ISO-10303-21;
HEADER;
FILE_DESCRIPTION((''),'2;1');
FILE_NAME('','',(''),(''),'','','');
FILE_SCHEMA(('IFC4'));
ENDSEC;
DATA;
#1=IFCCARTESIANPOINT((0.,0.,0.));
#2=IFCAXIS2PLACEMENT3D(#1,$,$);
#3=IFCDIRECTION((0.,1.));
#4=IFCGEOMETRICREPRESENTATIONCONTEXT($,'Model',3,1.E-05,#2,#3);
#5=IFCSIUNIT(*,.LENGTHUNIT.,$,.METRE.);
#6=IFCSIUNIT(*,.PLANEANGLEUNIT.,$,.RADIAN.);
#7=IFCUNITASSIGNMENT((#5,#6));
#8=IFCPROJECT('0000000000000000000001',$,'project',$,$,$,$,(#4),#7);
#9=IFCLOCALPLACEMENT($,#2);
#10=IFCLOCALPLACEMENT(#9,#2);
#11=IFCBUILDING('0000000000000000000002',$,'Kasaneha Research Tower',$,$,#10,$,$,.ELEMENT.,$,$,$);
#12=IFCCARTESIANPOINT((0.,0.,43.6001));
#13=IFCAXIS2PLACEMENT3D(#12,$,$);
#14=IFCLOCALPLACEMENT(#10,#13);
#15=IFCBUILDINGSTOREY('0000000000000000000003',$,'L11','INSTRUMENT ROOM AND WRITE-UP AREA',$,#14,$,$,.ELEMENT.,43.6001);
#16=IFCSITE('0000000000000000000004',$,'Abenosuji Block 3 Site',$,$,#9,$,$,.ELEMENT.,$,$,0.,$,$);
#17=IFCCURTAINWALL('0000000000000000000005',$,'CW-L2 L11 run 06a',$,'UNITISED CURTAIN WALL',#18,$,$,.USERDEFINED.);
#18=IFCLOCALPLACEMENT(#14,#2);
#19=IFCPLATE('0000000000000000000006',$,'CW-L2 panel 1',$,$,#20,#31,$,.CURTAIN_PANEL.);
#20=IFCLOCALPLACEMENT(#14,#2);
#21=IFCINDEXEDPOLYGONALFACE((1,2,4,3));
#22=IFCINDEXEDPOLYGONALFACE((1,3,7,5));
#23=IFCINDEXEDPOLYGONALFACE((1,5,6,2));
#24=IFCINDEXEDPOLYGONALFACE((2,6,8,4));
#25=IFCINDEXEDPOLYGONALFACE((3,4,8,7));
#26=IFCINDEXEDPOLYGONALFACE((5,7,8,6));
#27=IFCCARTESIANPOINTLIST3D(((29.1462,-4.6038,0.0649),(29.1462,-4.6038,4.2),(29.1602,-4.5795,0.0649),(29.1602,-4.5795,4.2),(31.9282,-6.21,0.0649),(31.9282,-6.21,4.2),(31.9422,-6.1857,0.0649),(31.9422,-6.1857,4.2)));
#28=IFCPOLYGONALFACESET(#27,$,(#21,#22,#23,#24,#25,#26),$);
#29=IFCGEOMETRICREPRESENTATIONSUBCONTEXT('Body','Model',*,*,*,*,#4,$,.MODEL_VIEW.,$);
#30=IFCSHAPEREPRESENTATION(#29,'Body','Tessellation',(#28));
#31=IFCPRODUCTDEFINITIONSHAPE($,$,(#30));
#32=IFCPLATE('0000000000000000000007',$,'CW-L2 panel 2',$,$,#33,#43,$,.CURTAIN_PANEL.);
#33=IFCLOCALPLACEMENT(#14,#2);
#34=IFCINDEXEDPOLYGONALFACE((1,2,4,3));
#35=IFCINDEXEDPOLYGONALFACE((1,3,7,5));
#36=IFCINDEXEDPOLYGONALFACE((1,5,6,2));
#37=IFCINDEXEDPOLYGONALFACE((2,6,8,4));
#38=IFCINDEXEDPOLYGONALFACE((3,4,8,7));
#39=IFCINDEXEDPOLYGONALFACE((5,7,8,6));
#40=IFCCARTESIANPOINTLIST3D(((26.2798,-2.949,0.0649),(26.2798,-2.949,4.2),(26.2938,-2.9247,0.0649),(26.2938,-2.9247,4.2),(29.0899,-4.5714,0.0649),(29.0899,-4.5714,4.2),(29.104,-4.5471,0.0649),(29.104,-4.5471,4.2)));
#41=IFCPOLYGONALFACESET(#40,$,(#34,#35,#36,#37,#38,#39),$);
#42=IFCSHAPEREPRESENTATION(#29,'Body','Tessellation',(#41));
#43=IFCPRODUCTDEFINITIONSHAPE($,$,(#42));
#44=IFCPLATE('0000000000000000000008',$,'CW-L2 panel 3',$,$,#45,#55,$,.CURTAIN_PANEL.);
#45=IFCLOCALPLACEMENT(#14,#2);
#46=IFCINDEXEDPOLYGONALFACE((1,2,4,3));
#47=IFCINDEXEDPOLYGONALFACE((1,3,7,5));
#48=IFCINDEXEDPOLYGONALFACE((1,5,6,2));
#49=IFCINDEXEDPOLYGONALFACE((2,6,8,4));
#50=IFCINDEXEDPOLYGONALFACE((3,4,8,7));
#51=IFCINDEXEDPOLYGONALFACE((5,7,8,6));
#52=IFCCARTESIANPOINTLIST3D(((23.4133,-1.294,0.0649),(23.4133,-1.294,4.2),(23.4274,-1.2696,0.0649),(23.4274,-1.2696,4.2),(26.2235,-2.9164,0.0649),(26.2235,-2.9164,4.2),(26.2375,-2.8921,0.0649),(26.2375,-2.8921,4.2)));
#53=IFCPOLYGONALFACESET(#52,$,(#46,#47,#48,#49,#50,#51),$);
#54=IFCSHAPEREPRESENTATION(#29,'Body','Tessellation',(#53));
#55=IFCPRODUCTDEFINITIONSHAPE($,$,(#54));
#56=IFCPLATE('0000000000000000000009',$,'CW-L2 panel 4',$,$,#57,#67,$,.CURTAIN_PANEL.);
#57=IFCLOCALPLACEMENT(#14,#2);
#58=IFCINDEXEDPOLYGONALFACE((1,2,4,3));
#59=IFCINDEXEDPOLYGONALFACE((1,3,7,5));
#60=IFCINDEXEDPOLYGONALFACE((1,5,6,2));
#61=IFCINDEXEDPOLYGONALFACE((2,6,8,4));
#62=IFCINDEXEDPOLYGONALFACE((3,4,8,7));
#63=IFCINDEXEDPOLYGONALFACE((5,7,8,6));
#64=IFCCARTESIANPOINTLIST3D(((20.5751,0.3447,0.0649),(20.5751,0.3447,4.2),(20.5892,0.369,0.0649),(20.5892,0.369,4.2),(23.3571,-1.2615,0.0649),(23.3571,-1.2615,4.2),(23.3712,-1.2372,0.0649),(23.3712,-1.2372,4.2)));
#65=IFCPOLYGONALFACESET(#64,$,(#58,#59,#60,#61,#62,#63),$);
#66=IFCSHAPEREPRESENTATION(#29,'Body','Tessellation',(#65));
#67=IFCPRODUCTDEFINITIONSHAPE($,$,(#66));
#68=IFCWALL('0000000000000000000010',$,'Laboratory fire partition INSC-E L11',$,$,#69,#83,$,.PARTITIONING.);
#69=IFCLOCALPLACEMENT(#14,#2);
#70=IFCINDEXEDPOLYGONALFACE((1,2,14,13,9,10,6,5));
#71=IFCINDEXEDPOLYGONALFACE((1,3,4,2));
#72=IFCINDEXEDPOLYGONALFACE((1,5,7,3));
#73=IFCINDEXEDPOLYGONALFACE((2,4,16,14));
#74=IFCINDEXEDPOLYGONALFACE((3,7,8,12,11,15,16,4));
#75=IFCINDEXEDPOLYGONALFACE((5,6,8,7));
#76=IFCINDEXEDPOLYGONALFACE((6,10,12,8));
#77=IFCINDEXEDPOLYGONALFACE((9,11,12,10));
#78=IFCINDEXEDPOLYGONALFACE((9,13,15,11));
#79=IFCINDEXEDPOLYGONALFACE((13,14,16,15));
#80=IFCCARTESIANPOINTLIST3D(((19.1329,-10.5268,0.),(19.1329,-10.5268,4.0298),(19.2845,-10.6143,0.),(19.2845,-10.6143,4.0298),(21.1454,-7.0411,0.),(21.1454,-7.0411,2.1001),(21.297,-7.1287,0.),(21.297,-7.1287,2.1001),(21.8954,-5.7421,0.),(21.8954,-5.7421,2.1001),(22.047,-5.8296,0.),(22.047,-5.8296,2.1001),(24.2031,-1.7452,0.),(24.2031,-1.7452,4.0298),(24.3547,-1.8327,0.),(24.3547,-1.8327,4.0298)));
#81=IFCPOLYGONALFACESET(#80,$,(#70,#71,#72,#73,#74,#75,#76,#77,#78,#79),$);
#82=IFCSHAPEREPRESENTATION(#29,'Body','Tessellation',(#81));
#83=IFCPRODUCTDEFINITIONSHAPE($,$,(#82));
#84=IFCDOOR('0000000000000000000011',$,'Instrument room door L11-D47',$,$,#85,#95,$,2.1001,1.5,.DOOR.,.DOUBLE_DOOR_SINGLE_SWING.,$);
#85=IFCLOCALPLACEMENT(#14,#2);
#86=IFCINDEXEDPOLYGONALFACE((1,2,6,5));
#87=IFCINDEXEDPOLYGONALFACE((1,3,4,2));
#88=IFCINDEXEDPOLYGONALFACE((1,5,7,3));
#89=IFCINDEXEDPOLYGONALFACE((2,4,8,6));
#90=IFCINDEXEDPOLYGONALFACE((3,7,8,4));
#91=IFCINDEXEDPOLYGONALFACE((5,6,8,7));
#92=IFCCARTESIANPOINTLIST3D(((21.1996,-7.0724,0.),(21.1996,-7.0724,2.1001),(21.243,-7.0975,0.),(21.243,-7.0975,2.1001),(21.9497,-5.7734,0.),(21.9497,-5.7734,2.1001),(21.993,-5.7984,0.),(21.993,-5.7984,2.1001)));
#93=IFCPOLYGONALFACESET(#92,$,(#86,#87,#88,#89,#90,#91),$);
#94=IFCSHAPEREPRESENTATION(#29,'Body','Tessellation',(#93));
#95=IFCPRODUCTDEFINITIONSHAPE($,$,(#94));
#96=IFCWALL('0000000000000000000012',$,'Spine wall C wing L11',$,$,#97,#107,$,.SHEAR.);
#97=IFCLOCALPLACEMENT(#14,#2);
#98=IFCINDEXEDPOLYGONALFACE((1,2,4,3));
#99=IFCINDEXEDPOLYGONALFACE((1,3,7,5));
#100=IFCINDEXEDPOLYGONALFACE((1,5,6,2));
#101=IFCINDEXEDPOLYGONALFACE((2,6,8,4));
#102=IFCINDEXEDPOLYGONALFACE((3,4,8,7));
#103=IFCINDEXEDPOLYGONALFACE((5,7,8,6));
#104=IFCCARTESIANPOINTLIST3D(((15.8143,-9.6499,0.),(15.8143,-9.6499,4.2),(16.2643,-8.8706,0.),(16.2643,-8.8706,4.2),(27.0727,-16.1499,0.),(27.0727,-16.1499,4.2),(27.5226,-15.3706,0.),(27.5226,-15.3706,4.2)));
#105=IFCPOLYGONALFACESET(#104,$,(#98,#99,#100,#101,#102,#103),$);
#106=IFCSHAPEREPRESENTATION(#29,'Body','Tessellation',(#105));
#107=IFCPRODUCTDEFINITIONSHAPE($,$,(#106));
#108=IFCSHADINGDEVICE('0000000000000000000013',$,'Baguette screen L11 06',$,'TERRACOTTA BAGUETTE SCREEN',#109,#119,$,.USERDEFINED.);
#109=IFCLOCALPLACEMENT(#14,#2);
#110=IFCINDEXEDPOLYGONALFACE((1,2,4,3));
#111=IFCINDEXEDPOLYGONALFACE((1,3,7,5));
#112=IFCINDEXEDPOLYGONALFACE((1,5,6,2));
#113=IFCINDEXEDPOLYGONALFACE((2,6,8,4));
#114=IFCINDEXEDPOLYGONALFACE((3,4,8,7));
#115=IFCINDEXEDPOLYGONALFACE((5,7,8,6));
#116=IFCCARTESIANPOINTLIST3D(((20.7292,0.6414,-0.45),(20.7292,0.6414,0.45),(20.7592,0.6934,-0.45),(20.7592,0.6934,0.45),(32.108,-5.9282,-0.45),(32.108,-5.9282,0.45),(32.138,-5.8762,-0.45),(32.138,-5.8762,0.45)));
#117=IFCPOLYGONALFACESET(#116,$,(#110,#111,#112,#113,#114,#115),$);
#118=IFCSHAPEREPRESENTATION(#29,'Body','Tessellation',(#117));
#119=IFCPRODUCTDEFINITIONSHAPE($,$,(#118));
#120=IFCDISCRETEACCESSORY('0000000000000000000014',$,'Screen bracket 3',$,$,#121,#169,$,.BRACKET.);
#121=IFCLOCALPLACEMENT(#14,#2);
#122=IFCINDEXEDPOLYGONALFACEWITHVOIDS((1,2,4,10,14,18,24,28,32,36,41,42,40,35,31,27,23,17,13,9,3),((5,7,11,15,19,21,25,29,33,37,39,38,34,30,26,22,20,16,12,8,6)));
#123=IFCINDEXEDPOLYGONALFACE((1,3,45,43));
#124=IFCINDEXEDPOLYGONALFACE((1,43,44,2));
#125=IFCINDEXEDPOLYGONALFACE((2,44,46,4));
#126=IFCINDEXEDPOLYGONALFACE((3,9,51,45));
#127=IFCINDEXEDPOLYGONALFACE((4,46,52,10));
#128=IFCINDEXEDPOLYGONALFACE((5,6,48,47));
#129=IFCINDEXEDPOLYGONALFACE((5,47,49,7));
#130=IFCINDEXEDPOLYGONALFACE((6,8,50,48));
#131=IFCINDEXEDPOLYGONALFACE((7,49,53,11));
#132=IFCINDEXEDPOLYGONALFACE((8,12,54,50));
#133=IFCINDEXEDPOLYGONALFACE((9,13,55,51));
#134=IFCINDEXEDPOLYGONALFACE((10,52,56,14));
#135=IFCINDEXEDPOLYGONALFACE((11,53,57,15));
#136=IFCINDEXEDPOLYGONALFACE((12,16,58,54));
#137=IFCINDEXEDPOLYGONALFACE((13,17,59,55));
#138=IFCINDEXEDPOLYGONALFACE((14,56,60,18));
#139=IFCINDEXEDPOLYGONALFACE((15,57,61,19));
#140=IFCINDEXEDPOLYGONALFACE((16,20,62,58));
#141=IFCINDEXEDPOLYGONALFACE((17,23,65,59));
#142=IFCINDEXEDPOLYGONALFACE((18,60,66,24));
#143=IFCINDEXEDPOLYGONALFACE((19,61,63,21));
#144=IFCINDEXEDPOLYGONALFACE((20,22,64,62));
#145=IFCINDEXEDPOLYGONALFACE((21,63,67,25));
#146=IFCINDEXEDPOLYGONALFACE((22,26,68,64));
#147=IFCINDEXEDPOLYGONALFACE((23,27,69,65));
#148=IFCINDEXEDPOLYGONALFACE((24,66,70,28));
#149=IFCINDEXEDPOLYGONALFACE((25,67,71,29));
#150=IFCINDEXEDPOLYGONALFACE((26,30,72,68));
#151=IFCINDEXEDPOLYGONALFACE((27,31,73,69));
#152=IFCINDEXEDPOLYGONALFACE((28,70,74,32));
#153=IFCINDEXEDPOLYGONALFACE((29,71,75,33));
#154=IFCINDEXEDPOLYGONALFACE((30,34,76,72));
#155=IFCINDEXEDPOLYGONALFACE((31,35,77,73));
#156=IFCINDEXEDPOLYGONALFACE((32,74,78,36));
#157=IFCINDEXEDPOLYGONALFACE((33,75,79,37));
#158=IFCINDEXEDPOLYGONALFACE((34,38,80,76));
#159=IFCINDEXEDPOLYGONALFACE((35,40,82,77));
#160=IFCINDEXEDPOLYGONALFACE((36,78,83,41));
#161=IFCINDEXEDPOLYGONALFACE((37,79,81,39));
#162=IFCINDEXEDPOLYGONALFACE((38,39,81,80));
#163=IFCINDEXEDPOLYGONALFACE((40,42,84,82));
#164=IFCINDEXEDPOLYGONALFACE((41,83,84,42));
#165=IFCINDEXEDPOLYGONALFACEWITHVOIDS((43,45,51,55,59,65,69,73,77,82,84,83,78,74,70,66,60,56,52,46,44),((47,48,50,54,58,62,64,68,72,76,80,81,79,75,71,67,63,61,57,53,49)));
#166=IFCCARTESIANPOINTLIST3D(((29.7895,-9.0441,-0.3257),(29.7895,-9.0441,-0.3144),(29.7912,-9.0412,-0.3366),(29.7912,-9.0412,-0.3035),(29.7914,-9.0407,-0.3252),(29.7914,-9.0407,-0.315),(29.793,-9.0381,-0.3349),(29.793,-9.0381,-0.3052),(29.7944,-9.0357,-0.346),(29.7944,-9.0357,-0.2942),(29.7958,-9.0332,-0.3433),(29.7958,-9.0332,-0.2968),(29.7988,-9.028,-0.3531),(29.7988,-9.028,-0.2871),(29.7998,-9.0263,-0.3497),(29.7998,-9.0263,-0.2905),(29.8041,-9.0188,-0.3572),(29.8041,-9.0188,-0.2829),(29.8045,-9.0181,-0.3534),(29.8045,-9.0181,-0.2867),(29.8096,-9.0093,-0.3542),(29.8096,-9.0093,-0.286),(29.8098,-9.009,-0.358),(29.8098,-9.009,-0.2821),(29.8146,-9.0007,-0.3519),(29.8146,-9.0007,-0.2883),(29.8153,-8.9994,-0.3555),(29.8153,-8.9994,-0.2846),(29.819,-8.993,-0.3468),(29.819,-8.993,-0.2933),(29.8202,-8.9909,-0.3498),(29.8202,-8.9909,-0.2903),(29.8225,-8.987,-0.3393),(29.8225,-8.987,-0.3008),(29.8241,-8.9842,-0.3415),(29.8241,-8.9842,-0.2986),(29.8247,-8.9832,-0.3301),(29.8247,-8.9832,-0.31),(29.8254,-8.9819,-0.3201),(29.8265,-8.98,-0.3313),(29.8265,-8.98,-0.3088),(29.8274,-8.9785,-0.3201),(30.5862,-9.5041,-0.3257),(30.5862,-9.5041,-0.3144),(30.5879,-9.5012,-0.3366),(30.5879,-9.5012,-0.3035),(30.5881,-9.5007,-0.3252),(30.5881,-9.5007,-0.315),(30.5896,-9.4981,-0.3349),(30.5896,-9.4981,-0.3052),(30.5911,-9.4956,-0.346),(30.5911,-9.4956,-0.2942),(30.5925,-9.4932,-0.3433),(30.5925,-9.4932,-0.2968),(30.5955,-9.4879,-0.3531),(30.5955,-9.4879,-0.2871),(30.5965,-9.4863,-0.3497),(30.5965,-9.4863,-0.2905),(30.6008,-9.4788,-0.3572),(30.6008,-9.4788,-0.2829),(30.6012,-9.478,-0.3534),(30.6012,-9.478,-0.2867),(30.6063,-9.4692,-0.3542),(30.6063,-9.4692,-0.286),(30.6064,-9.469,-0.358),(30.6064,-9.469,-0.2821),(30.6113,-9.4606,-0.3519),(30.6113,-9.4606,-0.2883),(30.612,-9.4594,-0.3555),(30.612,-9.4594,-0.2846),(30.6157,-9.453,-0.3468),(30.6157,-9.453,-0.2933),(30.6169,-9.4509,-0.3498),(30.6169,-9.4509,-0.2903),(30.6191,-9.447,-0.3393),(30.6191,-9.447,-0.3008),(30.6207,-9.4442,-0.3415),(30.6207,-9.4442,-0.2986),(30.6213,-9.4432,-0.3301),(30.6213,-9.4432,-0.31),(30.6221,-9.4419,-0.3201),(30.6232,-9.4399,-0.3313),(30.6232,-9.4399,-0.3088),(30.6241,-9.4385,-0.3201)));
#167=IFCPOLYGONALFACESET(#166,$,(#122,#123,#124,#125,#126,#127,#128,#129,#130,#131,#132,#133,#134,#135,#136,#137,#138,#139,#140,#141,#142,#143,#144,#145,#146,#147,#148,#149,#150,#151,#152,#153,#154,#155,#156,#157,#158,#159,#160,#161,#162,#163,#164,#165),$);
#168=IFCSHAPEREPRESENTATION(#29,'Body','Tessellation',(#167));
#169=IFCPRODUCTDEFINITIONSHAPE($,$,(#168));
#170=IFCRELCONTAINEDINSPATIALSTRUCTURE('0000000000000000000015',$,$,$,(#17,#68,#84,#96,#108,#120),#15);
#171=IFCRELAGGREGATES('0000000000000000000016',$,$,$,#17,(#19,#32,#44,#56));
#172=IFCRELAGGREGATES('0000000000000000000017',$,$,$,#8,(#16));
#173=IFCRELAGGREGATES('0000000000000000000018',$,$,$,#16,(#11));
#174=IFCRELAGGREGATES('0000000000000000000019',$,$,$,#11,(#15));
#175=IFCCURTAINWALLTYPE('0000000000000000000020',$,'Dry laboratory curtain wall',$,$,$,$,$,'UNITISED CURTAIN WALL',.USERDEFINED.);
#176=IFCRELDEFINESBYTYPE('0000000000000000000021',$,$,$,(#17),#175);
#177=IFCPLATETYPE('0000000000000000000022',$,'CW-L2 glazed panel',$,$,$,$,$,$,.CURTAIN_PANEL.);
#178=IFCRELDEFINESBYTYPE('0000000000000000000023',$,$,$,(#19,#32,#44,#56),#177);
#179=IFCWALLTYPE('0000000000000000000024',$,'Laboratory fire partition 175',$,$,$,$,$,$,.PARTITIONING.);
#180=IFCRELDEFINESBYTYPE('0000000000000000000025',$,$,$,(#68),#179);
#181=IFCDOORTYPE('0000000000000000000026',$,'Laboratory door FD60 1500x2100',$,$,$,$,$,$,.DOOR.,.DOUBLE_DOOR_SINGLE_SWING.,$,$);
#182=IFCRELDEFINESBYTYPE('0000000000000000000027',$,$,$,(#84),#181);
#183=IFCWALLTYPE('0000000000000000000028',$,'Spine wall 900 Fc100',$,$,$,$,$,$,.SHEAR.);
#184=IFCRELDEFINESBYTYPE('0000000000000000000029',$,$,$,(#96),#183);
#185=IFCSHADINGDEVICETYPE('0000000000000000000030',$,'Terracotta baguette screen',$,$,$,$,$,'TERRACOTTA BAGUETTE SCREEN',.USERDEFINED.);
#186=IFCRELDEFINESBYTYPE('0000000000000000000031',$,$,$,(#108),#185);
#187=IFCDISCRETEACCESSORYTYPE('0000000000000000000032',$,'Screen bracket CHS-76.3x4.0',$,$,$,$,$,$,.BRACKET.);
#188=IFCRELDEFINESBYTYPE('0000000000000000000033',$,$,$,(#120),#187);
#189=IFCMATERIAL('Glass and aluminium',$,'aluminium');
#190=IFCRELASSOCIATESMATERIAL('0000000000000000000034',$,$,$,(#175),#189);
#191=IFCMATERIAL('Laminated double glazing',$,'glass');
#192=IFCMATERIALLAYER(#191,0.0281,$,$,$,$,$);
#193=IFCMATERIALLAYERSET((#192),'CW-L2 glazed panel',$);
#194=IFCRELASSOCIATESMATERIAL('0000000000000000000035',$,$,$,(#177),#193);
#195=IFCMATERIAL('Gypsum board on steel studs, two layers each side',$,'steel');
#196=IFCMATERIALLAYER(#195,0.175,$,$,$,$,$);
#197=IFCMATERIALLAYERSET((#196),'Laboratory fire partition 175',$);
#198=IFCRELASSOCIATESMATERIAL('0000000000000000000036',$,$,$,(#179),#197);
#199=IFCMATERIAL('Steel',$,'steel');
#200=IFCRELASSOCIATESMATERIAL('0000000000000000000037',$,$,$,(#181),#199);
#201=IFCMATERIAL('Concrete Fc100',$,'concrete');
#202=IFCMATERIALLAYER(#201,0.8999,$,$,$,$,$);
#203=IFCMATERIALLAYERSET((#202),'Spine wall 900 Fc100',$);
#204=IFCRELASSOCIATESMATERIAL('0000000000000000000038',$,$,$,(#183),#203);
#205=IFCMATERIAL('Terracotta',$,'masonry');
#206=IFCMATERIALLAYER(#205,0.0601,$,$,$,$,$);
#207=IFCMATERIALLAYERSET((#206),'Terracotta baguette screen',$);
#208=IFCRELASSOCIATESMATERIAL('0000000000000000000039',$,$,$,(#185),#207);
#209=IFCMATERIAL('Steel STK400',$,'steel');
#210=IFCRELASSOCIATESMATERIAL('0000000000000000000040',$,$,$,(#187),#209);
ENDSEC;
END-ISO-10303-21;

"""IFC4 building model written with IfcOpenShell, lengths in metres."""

from ifc_helpers import new_model, si_unit, direction, frame, frame_2d, origin, origin_2d, place, context, subcontext, project, spatial, rectangle, hollow_circle, extrude, material, layer, layer_set, material_profile, profile_set, type_object, element, fill, aggregate, save


model = new_model("IFC4")

# Units and contexts
model_context = context("Model", 3, precision=1e-05, world=origin(), true_north=direction((0.0, 1.0)))
body_context = subcontext(model_context, "Body", "Model", "MODEL_VIEW")
ifc_project = project(units=[si_unit("LENGTHUNIT", "METRE"), si_unit("PLANEANGLEUNIT", "RADIAN")], contexts=[model_context])

# Site, building, storey
site_placement = place(None, origin())
site = spatial("IfcSite", under=ifc_project, at=site_placement, Name="Abenosuji Block 3 Site", CompositionType="ELEMENT", RefElevation=0.0)
building_placement = place(site_placement, origin())
building = spatial("IfcBuilding", under=site, at=building_placement, Name="Kasaneha Research Tower", CompositionType="ELEMENT")
storey_placement = place(building_placement, frame((0.0, 0.0, 43.6001)))
storey = spatial("IfcBuildingStorey", under=building, at=storey_placement, Name="L11", Description="INSTRUMENT ROOM AND WRITE-UP AREA", CompositionType="ELEMENT", Elevation=43.6001)

# Curtain wall
ifc_material_1 = material(Name="Glass and aluminium", Category="aluminium")
curtain_wall_type = type_object("IfcCurtainWallType", Name="Dry laboratory curtain wall", ElementType="UNITISED CURTAIN WALL", PredefinedType="USERDEFINED", material=ifc_material_1)
curtain_wall_1_placement = place(storey_placement, origin())
curtain_wall_1 = element("IfcCurtainWall", 1, at=curtain_wall_1_placement, inside=storey, type_object=curtain_wall_type, Name="CW-L2 L11 run 06a", ObjectType="UNITISED CURTAIN WALL", PredefinedType="USERDEFINED")

# Plates
ifc_material_2 = material(Name="Laminated double glazing", Category="glass")
ifc_layer_1 = layer(ifc_material_2, 0.0281)
ifc_layer_set_1 = layer_set([ifc_layer_1], Name="CW-L2 glazed panel")
plate_type = type_object("IfcPlateType", Name="CW-L2 glazed panel", PredefinedType="CURTAIN_PANEL", material=ifc_layer_set_1)
plate_1_placement = place(storey_placement, frame((30.5442, -5.3948, 0.0649), z_axis=(0.0, 0.0, 1.0), x_axis=(-0.866025, 0.5, 0.0)))
plate_1 = element("IfcPlate", 2, at=plate_1_placement, type_object=plate_type, Name="CW-L2 panel 1", PredefinedType="CURTAIN_PANEL", context=body_context, shape_type="SweptSolid", body=[
    extrude(rectangle(XDim=3.2124, YDim=0.0281, at=origin_2d()), origin(), (0.0, 0.0, 1.0), 4.135),
])
plate_2_placement = place(storey_placement, frame((27.6919, -3.748, 0.0649), z_axis=(0.0, 0.0, 1.0), x_axis=(-0.866025, 0.5, 0.0)))
plate_2 = element("IfcPlate", 3, at=plate_2_placement, type_object=plate_type, Name="CW-L2 panel 2", PredefinedType="CURTAIN_PANEL", context=body_context, shape_type="SweptSolid", body=[
    extrude(rectangle(XDim=3.2449, YDim=0.0281, at=origin_2d()), origin(), (0.0, 0.0, 1.0), 4.135),
])
plate_3_placement = place(storey_placement, frame((24.8254, -2.093, 0.0649), z_axis=(0.0, 0.0, 1.0), x_axis=(-0.866025, 0.5, 0.0)))
plate_3 = element("IfcPlate", 4, at=plate_3_placement, type_object=plate_type, Name="CW-L2 panel 3", PredefinedType="CURTAIN_PANEL", context=body_context, shape_type="SweptSolid", body=[
    extrude(rectangle(XDim=3.2449, YDim=0.0281, at=origin_2d()), origin(), (0.0, 0.0, 1.0), 4.135),
])
plate_4_placement = place(storey_placement, frame((21.9731, -0.4463, 0.0649), z_axis=(0.0, 0.0, 1.0), x_axis=(-0.866025, 0.5, 0.0)))
plate_4 = element("IfcPlate", 5, at=plate_4_placement, type_object=plate_type, Name="CW-L2 panel 4", PredefinedType="CURTAIN_PANEL", context=body_context, shape_type="SweptSolid", body=[
    extrude(rectangle(XDim=3.2124, YDim=0.0281, at=origin_2d()), origin(), (0.0, 0.0, 1.0), 4.135),
])
aggregate(curtain_wall_1, [plate_1, plate_2, plate_3, plate_4])

# Wall, opening, door
ifc_material_3 = material(Name="Gypsum board on steel studs, two layers each side", Category="steel")
ifc_layer_2 = layer(ifc_material_3, 0.175)
ifc_layer_set_2 = layer_set([ifc_layer_2], Name="Laboratory fire partition 175")
wall_type_1 = type_object("IfcWallType", Name="Laboratory fire partition 175", PredefinedType="PARTITIONING", material=ifc_layer_set_2)
wall_1_placement = place(storey_placement, frame((19.2087, -10.5706, 0.0), z_axis=(0.0, 0.0, 1.0), x_axis=(0.500005, 0.866022, 0.0)))
wall_1 = element("IfcWall", 6, at=wall_1_placement, inside=storey, type_object=wall_type_1, Name="Laboratory fire partition INSC-E L11", PredefinedType="PARTITIONING", context=body_context, shape_type="SweptSolid", body=[
    extrude(rectangle(XDim=10.1401, YDim=0.175, at=frame_2d((5.0701, 0.0))), origin(), (0.0, 0.0, 1.0), 4.0298),
])
opening_placement = place(wall_1_placement, frame((4.0249, 0.0, 0.0)))
opening = element("IfcOpeningElement", 7, at=opening_placement, cuts=wall_1, PredefinedType="OPENING", context=body_context, shape_type="SweptSolid", body=[
    extrude(rectangle(XDim=1.5, YDim=2.1001, at=frame_2d((0.75, 1.05))), frame((0.0, 0.0977, 0.0), z_axis=(0.0, -1.0, 0.0), x_axis=(1.0, 0.0, 0.0)), (0.0, 0.0, 1.0), 0.1951),
])
ifc_material_4 = material(Name="Steel", Category="steel")
door_type = type_object("IfcDoorType", Name="Laboratory door FD60 1500x2100", OperationType="DOUBLE_DOOR_SINGLE_SWING", PredefinedType="DOOR", material=ifc_material_4)
door_placement = place(opening_placement, origin())
door = element("IfcDoor", 8, at=door_placement, inside=storey, type_object=door_type, Name="Instrument room door L11-D47", OperationType="DOUBLE_DOOR_SINGLE_SWING", OverallHeight=2.1001, OverallWidth=1.5, PredefinedType="DOOR", context=body_context, shape_type="SweptSolid", body=[
    extrude(rectangle(XDim=1.5, YDim=2.1001, at=frame_2d((0.75, 1.05))), frame((0.0, 0.0249, 0.0), z_axis=(0.0, -1.0, 0.0), x_axis=(1.0, 0.0, 0.0)), (0.0, 0.0, 1.0), 0.05),
])
fill(opening, door)

# Wall
ifc_material_5 = material(Name="Concrete Fc100", Category="concrete")
ifc_layer_3 = layer(ifc_material_5, 0.8999)
ifc_layer_set_3 = layer_set([ifc_layer_3], Name="Spine wall 900 Fc100")
wall_type_2 = type_object("IfcWallType", Name="Spine wall 900 Fc100", PredefinedType="SHEAR", material=ifc_layer_set_3)
wall_2_placement = place(storey_placement, frame((16.0393, -9.2603, 0.0), z_axis=(0.0, 0.0, 1.0), x_axis=(0.866025, -0.500001, 0.0)))
element("IfcWall", 9, at=wall_2_placement, inside=storey, type_object=wall_type_2, Name="Spine wall C wing L11", PredefinedType="SHEAR", context=body_context, shape_type="SweptSolid", body=[
    extrude(rectangle(XDim=13.0, YDim=0.8999, at=frame_2d((6.5, 0.0))), origin(), (0.0, 0.0, 1.0), 4.2),
])

# Shading device
ifc_material_6 = material(Name="Terracotta", Category="masonry")
ifc_layer_4 = layer(ifc_material_6, 0.0601)
ifc_layer_set_4 = layer_set([ifc_layer_4], Name="Terracotta baguette screen")
shading_device_type = type_object("IfcShadingDeviceType", Name="Terracotta baguette screen", ElementType="TERRACOTTA BAGUETTE SCREEN", PredefinedType="USERDEFINED", material=ifc_layer_set_4)
shading_device_placement = place(storey_placement, frame((26.4336, -2.6174, -0.45), z_axis=(0.0, 0.0, 1.0), x_axis=(-0.866025, 0.5, 0.0)))
element("IfcShadingDevice", 10, at=shading_device_placement, inside=storey, type_object=shading_device_type, Name="Baguette screen L11 06", ObjectType="TERRACOTTA BAGUETTE SCREEN", PredefinedType="USERDEFINED", context=body_context, shape_type="SweptSolid", body=[
    extrude(rectangle(XDim=13.1392, YDim=0.0601, at=origin_2d()), origin(), (0.0, 0.0, 1.0), 0.8999),
])

# Discrete accessory
ifc_material_7 = material(Name="Steel STK400", Category="steel")
ifc_material_profile_1 = material_profile(ifc_material_7, hollow_circle(Radius=0.0381, WallThickness=0.0039, at=origin_2d()), Name="CHS-76.3x4.0")
ifc_profile_set_1 = profile_set([ifc_material_profile_1], Name="Steel STK400")
discrete_accessory_type = type_object("IfcDiscreteAccessoryType", Name="Screen bracket CHS-76.3x4.0", PredefinedType="BRACKET", material=ifc_profile_set_1)
discrete_accessory_1_placement = place(storey_placement, frame((29.8083, -9.0115, -0.3201), z_axis=(0.866013, -0.500021, 0.0), x_axis=(0.500021, 0.866013, 0.0)))
element("IfcDiscreteAccessory", 11, at=discrete_accessory_1_placement, inside=storey, type_object=discrete_accessory_type, Name="Screen bracket 3", PredefinedType="BRACKET", context=body_context, shape_type="SweptSolid", body=[
    extrude(hollow_circle(Radius=0.0381, WallThickness=0.0039, at=origin_2d()), origin(), (0.0, 0.0, 1.0), 0.9199),
])

save(model, "model.ifc")
